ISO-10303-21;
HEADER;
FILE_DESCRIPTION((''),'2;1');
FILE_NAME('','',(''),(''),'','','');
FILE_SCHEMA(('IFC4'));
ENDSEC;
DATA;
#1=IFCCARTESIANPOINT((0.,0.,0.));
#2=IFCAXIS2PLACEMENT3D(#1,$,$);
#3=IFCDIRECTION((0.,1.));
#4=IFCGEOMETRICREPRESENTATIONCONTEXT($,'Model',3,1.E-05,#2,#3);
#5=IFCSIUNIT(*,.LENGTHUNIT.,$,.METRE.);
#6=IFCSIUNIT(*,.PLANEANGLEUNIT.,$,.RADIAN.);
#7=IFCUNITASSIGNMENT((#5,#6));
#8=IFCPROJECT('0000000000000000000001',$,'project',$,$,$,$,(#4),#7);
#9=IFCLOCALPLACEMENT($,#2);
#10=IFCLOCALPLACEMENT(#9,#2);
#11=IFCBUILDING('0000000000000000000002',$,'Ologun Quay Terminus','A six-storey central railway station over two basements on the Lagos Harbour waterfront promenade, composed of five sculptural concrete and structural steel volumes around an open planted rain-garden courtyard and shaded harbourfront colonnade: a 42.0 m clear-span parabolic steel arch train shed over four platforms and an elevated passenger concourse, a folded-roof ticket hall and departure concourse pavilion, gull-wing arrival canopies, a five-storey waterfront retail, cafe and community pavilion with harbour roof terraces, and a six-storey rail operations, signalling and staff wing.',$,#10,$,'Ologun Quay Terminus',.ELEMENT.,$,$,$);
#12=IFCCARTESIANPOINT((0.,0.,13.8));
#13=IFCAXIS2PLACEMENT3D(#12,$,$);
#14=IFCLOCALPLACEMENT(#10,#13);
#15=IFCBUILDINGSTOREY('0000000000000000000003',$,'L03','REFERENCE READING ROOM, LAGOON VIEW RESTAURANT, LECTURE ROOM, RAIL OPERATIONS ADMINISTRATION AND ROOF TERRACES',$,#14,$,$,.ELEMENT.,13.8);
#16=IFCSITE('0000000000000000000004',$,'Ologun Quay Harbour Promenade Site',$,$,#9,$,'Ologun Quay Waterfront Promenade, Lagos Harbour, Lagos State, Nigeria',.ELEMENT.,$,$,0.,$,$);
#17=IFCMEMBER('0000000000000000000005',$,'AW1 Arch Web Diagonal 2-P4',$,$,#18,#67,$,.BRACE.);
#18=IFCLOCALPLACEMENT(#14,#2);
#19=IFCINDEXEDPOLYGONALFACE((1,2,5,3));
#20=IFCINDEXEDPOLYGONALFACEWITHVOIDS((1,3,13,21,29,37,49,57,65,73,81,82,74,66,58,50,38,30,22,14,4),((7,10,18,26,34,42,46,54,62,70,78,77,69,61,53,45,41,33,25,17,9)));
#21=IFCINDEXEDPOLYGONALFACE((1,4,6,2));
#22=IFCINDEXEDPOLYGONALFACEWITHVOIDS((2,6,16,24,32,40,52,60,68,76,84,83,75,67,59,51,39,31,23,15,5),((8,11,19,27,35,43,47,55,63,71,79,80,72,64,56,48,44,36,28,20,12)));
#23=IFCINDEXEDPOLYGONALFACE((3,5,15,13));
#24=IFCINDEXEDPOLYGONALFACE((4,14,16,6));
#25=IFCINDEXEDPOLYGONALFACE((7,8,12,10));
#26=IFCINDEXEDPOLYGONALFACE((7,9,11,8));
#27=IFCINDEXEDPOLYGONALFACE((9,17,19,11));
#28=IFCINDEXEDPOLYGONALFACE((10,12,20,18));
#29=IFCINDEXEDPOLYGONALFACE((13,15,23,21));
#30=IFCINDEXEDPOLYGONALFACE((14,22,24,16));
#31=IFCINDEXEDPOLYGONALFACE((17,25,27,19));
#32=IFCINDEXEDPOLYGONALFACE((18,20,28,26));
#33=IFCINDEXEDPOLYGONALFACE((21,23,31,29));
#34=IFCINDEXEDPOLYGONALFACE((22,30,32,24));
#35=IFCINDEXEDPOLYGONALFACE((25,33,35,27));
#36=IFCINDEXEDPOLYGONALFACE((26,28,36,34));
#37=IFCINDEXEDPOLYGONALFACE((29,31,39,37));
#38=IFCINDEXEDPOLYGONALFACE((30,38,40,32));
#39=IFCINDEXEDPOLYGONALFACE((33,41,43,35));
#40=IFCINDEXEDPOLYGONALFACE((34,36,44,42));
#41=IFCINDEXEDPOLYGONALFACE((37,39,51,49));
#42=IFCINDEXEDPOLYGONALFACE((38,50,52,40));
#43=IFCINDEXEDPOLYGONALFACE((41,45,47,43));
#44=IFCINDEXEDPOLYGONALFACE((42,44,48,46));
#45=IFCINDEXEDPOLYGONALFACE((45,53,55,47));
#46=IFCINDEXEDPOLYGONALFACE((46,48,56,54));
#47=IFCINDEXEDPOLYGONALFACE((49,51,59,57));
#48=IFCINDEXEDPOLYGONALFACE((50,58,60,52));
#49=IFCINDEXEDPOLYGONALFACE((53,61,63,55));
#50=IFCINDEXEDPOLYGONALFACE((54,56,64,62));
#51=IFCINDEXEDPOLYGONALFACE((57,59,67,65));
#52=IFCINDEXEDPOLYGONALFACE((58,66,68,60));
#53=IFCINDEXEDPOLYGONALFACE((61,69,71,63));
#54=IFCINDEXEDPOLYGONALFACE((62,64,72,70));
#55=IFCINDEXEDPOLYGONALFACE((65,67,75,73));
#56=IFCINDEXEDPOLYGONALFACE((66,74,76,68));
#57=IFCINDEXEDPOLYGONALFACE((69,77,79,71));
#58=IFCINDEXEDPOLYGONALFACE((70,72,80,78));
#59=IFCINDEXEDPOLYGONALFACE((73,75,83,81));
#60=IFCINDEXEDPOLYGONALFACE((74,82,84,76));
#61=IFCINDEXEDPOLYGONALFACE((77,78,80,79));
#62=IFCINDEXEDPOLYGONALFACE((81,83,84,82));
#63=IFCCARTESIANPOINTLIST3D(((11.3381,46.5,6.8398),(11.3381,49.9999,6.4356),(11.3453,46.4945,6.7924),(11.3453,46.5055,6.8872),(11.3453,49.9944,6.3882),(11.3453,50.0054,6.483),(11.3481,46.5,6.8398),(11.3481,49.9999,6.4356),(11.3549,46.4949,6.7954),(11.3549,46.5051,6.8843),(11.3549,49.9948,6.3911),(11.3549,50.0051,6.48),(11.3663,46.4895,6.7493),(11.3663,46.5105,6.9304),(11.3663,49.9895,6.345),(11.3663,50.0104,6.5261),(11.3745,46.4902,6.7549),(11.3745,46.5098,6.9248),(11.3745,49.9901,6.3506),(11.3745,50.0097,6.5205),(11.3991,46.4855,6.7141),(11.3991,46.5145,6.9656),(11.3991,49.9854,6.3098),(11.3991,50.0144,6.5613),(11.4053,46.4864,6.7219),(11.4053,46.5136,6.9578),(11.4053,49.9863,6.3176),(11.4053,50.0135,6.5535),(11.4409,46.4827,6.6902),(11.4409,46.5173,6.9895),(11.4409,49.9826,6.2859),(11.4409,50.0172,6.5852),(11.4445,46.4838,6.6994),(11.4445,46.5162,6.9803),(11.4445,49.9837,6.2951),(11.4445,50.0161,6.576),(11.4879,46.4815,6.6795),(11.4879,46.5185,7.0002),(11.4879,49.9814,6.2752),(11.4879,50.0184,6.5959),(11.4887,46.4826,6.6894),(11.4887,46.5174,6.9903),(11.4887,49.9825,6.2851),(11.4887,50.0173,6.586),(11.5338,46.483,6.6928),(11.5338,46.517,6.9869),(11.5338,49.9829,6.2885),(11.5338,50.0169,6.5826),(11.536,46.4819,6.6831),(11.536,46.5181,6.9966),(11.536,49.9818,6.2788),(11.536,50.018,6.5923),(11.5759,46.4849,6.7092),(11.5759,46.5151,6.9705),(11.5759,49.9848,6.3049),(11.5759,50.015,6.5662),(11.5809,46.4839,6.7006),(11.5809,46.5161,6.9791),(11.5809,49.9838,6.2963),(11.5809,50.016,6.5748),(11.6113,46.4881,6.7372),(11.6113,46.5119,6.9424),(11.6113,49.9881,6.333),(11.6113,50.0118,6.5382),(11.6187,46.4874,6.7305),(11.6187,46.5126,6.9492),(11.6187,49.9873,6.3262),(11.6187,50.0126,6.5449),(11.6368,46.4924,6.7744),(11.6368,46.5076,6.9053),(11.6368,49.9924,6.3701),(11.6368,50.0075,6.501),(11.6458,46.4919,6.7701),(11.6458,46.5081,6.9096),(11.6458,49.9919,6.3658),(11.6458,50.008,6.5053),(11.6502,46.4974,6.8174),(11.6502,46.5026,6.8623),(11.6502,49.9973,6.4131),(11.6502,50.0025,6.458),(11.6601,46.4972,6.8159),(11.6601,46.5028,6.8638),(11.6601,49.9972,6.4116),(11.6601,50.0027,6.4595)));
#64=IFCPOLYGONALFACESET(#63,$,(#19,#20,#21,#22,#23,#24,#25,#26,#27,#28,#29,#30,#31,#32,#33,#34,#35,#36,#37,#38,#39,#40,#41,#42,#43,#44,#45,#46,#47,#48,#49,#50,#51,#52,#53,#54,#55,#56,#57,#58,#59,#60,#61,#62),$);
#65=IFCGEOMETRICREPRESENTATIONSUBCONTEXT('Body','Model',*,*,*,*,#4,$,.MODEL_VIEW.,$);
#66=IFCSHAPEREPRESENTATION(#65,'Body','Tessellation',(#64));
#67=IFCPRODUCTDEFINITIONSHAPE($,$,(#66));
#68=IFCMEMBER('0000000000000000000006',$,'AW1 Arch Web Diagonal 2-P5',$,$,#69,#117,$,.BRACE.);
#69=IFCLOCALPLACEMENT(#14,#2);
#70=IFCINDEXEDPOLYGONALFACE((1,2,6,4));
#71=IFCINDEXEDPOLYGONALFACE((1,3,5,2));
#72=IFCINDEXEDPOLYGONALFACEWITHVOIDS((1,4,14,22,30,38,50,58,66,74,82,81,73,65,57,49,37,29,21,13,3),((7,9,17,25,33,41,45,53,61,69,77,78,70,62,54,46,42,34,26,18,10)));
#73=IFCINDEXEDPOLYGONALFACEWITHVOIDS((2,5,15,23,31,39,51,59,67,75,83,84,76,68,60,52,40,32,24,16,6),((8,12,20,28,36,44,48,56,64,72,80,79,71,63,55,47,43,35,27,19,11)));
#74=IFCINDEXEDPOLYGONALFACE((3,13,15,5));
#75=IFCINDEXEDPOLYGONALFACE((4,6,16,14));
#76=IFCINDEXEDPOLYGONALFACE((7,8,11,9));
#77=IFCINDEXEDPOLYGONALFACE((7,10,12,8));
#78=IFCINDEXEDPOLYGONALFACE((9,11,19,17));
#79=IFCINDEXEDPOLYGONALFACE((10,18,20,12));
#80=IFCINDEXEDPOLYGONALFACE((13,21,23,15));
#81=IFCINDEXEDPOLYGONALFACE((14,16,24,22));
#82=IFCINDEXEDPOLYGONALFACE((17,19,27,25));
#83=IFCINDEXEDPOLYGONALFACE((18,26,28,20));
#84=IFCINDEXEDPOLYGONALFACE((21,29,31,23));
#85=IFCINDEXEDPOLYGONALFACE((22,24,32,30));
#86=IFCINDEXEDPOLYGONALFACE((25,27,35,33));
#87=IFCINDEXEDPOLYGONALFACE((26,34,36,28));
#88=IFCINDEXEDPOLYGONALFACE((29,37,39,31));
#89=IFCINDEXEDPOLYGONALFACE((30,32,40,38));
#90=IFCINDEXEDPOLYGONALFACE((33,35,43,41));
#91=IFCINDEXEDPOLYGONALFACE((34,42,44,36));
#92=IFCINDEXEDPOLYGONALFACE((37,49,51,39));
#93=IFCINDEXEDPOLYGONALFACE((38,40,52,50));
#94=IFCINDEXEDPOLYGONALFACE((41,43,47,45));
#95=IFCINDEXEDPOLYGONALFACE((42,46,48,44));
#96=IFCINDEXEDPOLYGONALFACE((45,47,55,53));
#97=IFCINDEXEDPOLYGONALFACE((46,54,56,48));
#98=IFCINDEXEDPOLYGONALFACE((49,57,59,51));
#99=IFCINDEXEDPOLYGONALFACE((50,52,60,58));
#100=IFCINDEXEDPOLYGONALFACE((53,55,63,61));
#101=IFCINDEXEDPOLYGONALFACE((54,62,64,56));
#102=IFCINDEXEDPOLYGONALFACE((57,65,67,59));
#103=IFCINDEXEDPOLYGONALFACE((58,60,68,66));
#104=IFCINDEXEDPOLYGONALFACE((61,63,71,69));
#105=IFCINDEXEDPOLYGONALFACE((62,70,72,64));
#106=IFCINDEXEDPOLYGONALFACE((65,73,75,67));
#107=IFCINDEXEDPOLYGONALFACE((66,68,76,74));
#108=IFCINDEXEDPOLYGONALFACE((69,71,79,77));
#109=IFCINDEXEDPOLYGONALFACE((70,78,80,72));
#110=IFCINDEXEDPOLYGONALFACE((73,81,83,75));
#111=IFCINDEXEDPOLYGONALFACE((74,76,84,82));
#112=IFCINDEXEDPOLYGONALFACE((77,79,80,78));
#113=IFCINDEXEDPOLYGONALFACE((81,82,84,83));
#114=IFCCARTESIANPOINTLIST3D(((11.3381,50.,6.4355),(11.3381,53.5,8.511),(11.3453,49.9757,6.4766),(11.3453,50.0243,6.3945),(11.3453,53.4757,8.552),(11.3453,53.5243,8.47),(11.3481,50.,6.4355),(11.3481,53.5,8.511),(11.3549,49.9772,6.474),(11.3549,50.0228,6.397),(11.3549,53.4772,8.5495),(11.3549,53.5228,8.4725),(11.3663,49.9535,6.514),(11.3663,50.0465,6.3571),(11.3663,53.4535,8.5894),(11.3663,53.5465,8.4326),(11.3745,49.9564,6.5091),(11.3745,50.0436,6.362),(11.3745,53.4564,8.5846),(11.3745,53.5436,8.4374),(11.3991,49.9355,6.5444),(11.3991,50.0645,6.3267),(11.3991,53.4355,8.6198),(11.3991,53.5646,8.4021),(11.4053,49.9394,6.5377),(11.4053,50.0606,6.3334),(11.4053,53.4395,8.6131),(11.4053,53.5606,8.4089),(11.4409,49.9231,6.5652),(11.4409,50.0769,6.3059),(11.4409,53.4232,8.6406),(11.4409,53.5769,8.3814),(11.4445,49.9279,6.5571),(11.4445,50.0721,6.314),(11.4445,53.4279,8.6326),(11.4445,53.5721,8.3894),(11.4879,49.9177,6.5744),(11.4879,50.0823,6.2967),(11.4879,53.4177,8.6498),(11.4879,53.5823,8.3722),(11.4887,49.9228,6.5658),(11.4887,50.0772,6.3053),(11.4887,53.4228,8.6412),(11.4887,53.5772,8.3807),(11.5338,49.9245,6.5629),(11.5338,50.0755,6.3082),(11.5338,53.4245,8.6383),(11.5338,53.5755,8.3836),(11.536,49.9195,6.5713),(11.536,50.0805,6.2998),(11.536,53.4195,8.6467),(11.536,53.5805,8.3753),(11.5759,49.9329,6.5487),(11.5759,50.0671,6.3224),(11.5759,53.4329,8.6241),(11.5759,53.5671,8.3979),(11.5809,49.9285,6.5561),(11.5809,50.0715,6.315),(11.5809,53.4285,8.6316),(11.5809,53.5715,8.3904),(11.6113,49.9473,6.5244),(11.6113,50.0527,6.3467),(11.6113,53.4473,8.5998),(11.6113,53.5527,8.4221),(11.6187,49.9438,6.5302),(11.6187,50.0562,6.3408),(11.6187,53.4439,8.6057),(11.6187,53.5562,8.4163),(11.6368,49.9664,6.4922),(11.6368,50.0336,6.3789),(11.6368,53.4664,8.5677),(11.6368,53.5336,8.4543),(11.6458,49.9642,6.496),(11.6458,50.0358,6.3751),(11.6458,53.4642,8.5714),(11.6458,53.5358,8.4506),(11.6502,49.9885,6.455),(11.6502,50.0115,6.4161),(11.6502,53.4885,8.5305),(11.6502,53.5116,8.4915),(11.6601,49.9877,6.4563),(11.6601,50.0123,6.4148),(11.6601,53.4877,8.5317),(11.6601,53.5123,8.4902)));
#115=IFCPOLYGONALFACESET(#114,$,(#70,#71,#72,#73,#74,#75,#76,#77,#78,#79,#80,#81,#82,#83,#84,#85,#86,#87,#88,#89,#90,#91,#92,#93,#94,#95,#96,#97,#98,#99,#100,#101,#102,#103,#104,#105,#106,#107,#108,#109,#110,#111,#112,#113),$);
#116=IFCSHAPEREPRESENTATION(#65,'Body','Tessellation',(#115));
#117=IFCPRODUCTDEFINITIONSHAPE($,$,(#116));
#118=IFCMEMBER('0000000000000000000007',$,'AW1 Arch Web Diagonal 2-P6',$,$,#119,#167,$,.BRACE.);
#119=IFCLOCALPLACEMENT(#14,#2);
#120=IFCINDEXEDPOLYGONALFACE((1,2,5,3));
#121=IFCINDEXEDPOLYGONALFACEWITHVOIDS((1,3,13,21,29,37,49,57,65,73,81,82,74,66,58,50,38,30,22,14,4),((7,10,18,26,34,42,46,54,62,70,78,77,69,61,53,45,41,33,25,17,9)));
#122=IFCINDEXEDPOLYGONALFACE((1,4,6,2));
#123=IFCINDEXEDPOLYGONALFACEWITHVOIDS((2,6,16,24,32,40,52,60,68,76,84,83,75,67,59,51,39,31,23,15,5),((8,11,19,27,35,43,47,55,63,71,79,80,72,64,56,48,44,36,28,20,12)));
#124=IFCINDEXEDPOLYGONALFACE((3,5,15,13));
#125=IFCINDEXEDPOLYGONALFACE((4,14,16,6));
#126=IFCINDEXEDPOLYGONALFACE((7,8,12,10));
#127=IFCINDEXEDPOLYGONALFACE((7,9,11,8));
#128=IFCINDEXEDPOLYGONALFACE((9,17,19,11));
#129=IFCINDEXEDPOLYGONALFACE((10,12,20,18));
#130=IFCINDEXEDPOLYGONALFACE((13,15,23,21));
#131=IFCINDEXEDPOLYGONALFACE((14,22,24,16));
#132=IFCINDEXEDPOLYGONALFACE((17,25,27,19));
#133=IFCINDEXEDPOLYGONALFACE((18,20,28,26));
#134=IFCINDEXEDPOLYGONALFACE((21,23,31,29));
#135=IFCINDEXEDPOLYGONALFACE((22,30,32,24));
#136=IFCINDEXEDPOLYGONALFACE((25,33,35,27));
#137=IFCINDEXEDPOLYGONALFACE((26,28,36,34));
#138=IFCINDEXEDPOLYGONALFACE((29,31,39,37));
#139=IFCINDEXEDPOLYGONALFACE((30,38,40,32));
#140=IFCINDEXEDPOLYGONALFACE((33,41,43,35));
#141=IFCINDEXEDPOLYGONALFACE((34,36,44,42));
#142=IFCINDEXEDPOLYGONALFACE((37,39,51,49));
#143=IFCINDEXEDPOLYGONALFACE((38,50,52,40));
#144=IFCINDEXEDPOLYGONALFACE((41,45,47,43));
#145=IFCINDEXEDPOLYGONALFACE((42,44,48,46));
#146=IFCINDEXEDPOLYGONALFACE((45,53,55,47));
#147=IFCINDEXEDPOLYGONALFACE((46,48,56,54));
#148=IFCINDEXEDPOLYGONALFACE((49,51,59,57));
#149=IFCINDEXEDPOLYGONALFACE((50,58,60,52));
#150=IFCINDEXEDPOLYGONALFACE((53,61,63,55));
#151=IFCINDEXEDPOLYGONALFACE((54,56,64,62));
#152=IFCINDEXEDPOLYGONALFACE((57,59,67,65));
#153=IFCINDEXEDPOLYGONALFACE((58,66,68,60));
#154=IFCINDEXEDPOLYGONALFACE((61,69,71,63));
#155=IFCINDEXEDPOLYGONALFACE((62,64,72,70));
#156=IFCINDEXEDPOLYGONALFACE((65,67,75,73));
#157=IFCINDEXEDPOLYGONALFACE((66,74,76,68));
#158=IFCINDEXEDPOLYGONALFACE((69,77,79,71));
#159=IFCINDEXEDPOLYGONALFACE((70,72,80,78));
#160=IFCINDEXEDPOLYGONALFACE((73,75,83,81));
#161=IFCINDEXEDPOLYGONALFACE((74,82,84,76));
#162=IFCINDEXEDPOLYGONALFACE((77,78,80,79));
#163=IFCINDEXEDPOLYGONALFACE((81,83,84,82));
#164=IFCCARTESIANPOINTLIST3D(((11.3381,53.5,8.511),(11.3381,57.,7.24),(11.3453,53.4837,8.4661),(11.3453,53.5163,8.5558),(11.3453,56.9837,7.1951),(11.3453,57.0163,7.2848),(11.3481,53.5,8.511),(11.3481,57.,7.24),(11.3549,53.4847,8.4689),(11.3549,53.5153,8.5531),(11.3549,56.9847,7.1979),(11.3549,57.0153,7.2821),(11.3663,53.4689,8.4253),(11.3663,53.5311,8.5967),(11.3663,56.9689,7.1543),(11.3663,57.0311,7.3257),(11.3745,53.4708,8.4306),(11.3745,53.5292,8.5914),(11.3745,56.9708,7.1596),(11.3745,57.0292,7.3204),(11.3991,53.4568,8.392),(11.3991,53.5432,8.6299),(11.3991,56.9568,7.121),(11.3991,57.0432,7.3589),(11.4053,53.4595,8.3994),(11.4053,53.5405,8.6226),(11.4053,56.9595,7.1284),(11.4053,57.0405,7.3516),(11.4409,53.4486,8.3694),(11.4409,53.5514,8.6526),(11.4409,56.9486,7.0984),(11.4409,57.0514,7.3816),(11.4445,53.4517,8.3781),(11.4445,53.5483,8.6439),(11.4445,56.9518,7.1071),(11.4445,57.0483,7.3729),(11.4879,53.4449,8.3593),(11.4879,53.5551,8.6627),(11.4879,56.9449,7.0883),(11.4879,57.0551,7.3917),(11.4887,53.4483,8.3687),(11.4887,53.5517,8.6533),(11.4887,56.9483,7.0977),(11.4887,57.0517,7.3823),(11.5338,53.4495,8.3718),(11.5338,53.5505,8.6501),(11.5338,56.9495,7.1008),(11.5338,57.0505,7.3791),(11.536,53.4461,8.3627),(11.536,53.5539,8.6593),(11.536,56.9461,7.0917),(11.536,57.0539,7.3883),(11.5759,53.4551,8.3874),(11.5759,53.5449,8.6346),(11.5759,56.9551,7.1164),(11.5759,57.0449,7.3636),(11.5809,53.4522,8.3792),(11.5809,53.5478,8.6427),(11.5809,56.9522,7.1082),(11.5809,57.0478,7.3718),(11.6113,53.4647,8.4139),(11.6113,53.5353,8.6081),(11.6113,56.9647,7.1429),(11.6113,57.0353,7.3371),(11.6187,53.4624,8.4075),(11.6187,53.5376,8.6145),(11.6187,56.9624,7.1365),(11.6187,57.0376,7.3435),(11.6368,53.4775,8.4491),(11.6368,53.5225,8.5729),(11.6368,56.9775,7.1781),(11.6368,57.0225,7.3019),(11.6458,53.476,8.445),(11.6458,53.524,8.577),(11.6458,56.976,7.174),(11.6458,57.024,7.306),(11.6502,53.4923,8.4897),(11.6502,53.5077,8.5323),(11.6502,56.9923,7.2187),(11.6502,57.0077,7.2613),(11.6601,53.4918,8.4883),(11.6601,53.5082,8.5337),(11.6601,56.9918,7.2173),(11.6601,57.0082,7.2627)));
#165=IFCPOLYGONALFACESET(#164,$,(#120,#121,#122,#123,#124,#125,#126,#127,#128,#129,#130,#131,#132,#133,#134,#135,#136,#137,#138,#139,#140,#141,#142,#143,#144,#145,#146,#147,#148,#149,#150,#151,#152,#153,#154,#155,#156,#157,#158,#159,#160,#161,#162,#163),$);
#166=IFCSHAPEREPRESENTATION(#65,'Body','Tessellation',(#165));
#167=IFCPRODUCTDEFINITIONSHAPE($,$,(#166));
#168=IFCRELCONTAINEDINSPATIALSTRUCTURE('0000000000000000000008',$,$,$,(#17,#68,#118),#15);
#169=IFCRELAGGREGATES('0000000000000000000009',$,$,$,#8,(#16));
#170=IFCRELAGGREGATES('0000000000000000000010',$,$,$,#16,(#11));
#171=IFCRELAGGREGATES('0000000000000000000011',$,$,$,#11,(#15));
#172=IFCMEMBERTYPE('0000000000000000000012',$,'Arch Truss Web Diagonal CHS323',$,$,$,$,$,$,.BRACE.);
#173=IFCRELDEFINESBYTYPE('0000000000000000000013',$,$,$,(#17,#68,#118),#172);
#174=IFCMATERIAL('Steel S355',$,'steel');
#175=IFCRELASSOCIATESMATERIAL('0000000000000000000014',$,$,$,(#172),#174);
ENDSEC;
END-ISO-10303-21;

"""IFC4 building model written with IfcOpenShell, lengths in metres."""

from ifc_helpers import new_model, si_unit, direction, frame, origin, origin_2d, place, context, subcontext, project, spatial, hollow_circle, extrude, material, material_profile, profile_set, type_object, element, save


model = new_model("IFC4")

# Units and contexts
model_context = context("Model", 3, precision=1e-05, world=origin(), true_north=direction((0.0, 1.0)))
body_context = subcontext(model_context, "Body", "Model", "MODEL_VIEW")
ifc_project = project(units=[si_unit("LENGTHUNIT", "METRE"), si_unit("PLANEANGLEUNIT", "RADIAN")], contexts=[model_context])

# Site, building, storey
site_placement = place(None, origin())
site = spatial("IfcSite", under=ifc_project, at=site_placement, Name="Ologun Quay Harbour Promenade Site", LongName="Ologun Quay Waterfront Promenade, Lagos Harbour, Lagos State, Nigeria", CompositionType="ELEMENT", RefElevation=0.0)
building_placement = place(site_placement, origin())
building = spatial("IfcBuilding", under=site, at=building_placement, Name="Ologun Quay Terminus", Description="A six-storey central railway station over two basements on the Lagos Harbour waterfront promenade, composed of five sculptural concrete and structural steel volumes around an open planted rain-garden courtyard and shaded harbourfront colonnade: a 42.0 m clear-span parabolic steel arch train shed over four platforms and an elevated passenger concourse, a folded-roof ticket hall and departure concourse pavilion, gull-wing arrival canopies, a five-storey waterfront retail, cafe and community pavilion with harbour roof terraces, and a six-storey rail operations, signalling and staff wing.", LongName="Ologun Quay Terminus", CompositionType="ELEMENT")
storey_placement = place(building_placement, frame((0.0, 0.0, 13.8)))
storey = spatial("IfcBuildingStorey", under=building, at=storey_placement, Name="L03", Description="REFERENCE READING ROOM, LAGOON VIEW RESTAURANT, LECTURE ROOM, RAIL OPERATIONS ADMINISTRATION AND ROOF TERRACES", CompositionType="ELEMENT", Elevation=13.8)

# Members
ifc_material_1 = material(Name="Steel S355", Category="steel")
ifc_material_profile_1 = material_profile(ifc_material_1, hollow_circle(Radius=0.1619, WallThickness=0.01, at=origin_2d()), Name="CHS 323.9x10")
ifc_profile_set_1 = profile_set([ifc_material_profile_1], Name="Steel S355")
member_type_1 = type_object("IfcMemberType", Name="Arch Truss Web Diagonal CHS323", PredefinedType="BRACE", material=ifc_profile_set_1)
member_1_placement = place(storey_placement, frame((11.5, 46.5, 6.8398), z_axis=(0.0, 0.993394, -0.11475), x_axis=(-1.0, 0.0, 0.0)))
element("IfcMember", 1, at=member_1_placement, inside=storey, type_object=member_type_1, Name="AW1 Arch Web Diagonal 2-P4", PredefinedType="BRACE", context=body_context, shape_type="SweptSolid", body=[
    extrude(hollow_circle(Radius=0.1619, WallThickness=0.01, at=origin_2d()), origin(), (0.0, 0.0, 1.0), 3.5232),
])
member_2_placement = place(storey_placement, frame((11.5, 50.0, 6.4355), z_axis=(0.0, 0.860144, 0.510051), x_axis=(-1.0, 0.0, 0.0)))
element("IfcMember", 2, at=member_2_placement, inside=storey, type_object=member_type_1, Name="AW1 Arch Web Diagonal 2-P5", PredefinedType="BRACE", context=body_context, shape_type="SweptSolid", body=[
    extrude(hollow_circle(Radius=0.1619, WallThickness=0.01, at=origin_2d()), origin(), (0.0, 0.0, 1.0), 4.0691),
])
member_3_placement = place(storey_placement, frame((11.5, 53.5, 8.511), z_axis=(0.0, 0.939943, -0.341332), x_axis=(-1.0, 0.0, 0.0)))
element("IfcMember", 3, at=member_3_placement, inside=storey, type_object=member_type_1, Name="AW1 Arch Web Diagonal 2-P6", PredefinedType="BRACE", context=body_context, shape_type="SweptSolid", body=[
    extrude(hollow_circle(Radius=0.1619, WallThickness=0.01, at=origin_2d()), origin(), (0.0, 0.0, 1.0), 3.7236),
])

save(model, "model.ifc")
